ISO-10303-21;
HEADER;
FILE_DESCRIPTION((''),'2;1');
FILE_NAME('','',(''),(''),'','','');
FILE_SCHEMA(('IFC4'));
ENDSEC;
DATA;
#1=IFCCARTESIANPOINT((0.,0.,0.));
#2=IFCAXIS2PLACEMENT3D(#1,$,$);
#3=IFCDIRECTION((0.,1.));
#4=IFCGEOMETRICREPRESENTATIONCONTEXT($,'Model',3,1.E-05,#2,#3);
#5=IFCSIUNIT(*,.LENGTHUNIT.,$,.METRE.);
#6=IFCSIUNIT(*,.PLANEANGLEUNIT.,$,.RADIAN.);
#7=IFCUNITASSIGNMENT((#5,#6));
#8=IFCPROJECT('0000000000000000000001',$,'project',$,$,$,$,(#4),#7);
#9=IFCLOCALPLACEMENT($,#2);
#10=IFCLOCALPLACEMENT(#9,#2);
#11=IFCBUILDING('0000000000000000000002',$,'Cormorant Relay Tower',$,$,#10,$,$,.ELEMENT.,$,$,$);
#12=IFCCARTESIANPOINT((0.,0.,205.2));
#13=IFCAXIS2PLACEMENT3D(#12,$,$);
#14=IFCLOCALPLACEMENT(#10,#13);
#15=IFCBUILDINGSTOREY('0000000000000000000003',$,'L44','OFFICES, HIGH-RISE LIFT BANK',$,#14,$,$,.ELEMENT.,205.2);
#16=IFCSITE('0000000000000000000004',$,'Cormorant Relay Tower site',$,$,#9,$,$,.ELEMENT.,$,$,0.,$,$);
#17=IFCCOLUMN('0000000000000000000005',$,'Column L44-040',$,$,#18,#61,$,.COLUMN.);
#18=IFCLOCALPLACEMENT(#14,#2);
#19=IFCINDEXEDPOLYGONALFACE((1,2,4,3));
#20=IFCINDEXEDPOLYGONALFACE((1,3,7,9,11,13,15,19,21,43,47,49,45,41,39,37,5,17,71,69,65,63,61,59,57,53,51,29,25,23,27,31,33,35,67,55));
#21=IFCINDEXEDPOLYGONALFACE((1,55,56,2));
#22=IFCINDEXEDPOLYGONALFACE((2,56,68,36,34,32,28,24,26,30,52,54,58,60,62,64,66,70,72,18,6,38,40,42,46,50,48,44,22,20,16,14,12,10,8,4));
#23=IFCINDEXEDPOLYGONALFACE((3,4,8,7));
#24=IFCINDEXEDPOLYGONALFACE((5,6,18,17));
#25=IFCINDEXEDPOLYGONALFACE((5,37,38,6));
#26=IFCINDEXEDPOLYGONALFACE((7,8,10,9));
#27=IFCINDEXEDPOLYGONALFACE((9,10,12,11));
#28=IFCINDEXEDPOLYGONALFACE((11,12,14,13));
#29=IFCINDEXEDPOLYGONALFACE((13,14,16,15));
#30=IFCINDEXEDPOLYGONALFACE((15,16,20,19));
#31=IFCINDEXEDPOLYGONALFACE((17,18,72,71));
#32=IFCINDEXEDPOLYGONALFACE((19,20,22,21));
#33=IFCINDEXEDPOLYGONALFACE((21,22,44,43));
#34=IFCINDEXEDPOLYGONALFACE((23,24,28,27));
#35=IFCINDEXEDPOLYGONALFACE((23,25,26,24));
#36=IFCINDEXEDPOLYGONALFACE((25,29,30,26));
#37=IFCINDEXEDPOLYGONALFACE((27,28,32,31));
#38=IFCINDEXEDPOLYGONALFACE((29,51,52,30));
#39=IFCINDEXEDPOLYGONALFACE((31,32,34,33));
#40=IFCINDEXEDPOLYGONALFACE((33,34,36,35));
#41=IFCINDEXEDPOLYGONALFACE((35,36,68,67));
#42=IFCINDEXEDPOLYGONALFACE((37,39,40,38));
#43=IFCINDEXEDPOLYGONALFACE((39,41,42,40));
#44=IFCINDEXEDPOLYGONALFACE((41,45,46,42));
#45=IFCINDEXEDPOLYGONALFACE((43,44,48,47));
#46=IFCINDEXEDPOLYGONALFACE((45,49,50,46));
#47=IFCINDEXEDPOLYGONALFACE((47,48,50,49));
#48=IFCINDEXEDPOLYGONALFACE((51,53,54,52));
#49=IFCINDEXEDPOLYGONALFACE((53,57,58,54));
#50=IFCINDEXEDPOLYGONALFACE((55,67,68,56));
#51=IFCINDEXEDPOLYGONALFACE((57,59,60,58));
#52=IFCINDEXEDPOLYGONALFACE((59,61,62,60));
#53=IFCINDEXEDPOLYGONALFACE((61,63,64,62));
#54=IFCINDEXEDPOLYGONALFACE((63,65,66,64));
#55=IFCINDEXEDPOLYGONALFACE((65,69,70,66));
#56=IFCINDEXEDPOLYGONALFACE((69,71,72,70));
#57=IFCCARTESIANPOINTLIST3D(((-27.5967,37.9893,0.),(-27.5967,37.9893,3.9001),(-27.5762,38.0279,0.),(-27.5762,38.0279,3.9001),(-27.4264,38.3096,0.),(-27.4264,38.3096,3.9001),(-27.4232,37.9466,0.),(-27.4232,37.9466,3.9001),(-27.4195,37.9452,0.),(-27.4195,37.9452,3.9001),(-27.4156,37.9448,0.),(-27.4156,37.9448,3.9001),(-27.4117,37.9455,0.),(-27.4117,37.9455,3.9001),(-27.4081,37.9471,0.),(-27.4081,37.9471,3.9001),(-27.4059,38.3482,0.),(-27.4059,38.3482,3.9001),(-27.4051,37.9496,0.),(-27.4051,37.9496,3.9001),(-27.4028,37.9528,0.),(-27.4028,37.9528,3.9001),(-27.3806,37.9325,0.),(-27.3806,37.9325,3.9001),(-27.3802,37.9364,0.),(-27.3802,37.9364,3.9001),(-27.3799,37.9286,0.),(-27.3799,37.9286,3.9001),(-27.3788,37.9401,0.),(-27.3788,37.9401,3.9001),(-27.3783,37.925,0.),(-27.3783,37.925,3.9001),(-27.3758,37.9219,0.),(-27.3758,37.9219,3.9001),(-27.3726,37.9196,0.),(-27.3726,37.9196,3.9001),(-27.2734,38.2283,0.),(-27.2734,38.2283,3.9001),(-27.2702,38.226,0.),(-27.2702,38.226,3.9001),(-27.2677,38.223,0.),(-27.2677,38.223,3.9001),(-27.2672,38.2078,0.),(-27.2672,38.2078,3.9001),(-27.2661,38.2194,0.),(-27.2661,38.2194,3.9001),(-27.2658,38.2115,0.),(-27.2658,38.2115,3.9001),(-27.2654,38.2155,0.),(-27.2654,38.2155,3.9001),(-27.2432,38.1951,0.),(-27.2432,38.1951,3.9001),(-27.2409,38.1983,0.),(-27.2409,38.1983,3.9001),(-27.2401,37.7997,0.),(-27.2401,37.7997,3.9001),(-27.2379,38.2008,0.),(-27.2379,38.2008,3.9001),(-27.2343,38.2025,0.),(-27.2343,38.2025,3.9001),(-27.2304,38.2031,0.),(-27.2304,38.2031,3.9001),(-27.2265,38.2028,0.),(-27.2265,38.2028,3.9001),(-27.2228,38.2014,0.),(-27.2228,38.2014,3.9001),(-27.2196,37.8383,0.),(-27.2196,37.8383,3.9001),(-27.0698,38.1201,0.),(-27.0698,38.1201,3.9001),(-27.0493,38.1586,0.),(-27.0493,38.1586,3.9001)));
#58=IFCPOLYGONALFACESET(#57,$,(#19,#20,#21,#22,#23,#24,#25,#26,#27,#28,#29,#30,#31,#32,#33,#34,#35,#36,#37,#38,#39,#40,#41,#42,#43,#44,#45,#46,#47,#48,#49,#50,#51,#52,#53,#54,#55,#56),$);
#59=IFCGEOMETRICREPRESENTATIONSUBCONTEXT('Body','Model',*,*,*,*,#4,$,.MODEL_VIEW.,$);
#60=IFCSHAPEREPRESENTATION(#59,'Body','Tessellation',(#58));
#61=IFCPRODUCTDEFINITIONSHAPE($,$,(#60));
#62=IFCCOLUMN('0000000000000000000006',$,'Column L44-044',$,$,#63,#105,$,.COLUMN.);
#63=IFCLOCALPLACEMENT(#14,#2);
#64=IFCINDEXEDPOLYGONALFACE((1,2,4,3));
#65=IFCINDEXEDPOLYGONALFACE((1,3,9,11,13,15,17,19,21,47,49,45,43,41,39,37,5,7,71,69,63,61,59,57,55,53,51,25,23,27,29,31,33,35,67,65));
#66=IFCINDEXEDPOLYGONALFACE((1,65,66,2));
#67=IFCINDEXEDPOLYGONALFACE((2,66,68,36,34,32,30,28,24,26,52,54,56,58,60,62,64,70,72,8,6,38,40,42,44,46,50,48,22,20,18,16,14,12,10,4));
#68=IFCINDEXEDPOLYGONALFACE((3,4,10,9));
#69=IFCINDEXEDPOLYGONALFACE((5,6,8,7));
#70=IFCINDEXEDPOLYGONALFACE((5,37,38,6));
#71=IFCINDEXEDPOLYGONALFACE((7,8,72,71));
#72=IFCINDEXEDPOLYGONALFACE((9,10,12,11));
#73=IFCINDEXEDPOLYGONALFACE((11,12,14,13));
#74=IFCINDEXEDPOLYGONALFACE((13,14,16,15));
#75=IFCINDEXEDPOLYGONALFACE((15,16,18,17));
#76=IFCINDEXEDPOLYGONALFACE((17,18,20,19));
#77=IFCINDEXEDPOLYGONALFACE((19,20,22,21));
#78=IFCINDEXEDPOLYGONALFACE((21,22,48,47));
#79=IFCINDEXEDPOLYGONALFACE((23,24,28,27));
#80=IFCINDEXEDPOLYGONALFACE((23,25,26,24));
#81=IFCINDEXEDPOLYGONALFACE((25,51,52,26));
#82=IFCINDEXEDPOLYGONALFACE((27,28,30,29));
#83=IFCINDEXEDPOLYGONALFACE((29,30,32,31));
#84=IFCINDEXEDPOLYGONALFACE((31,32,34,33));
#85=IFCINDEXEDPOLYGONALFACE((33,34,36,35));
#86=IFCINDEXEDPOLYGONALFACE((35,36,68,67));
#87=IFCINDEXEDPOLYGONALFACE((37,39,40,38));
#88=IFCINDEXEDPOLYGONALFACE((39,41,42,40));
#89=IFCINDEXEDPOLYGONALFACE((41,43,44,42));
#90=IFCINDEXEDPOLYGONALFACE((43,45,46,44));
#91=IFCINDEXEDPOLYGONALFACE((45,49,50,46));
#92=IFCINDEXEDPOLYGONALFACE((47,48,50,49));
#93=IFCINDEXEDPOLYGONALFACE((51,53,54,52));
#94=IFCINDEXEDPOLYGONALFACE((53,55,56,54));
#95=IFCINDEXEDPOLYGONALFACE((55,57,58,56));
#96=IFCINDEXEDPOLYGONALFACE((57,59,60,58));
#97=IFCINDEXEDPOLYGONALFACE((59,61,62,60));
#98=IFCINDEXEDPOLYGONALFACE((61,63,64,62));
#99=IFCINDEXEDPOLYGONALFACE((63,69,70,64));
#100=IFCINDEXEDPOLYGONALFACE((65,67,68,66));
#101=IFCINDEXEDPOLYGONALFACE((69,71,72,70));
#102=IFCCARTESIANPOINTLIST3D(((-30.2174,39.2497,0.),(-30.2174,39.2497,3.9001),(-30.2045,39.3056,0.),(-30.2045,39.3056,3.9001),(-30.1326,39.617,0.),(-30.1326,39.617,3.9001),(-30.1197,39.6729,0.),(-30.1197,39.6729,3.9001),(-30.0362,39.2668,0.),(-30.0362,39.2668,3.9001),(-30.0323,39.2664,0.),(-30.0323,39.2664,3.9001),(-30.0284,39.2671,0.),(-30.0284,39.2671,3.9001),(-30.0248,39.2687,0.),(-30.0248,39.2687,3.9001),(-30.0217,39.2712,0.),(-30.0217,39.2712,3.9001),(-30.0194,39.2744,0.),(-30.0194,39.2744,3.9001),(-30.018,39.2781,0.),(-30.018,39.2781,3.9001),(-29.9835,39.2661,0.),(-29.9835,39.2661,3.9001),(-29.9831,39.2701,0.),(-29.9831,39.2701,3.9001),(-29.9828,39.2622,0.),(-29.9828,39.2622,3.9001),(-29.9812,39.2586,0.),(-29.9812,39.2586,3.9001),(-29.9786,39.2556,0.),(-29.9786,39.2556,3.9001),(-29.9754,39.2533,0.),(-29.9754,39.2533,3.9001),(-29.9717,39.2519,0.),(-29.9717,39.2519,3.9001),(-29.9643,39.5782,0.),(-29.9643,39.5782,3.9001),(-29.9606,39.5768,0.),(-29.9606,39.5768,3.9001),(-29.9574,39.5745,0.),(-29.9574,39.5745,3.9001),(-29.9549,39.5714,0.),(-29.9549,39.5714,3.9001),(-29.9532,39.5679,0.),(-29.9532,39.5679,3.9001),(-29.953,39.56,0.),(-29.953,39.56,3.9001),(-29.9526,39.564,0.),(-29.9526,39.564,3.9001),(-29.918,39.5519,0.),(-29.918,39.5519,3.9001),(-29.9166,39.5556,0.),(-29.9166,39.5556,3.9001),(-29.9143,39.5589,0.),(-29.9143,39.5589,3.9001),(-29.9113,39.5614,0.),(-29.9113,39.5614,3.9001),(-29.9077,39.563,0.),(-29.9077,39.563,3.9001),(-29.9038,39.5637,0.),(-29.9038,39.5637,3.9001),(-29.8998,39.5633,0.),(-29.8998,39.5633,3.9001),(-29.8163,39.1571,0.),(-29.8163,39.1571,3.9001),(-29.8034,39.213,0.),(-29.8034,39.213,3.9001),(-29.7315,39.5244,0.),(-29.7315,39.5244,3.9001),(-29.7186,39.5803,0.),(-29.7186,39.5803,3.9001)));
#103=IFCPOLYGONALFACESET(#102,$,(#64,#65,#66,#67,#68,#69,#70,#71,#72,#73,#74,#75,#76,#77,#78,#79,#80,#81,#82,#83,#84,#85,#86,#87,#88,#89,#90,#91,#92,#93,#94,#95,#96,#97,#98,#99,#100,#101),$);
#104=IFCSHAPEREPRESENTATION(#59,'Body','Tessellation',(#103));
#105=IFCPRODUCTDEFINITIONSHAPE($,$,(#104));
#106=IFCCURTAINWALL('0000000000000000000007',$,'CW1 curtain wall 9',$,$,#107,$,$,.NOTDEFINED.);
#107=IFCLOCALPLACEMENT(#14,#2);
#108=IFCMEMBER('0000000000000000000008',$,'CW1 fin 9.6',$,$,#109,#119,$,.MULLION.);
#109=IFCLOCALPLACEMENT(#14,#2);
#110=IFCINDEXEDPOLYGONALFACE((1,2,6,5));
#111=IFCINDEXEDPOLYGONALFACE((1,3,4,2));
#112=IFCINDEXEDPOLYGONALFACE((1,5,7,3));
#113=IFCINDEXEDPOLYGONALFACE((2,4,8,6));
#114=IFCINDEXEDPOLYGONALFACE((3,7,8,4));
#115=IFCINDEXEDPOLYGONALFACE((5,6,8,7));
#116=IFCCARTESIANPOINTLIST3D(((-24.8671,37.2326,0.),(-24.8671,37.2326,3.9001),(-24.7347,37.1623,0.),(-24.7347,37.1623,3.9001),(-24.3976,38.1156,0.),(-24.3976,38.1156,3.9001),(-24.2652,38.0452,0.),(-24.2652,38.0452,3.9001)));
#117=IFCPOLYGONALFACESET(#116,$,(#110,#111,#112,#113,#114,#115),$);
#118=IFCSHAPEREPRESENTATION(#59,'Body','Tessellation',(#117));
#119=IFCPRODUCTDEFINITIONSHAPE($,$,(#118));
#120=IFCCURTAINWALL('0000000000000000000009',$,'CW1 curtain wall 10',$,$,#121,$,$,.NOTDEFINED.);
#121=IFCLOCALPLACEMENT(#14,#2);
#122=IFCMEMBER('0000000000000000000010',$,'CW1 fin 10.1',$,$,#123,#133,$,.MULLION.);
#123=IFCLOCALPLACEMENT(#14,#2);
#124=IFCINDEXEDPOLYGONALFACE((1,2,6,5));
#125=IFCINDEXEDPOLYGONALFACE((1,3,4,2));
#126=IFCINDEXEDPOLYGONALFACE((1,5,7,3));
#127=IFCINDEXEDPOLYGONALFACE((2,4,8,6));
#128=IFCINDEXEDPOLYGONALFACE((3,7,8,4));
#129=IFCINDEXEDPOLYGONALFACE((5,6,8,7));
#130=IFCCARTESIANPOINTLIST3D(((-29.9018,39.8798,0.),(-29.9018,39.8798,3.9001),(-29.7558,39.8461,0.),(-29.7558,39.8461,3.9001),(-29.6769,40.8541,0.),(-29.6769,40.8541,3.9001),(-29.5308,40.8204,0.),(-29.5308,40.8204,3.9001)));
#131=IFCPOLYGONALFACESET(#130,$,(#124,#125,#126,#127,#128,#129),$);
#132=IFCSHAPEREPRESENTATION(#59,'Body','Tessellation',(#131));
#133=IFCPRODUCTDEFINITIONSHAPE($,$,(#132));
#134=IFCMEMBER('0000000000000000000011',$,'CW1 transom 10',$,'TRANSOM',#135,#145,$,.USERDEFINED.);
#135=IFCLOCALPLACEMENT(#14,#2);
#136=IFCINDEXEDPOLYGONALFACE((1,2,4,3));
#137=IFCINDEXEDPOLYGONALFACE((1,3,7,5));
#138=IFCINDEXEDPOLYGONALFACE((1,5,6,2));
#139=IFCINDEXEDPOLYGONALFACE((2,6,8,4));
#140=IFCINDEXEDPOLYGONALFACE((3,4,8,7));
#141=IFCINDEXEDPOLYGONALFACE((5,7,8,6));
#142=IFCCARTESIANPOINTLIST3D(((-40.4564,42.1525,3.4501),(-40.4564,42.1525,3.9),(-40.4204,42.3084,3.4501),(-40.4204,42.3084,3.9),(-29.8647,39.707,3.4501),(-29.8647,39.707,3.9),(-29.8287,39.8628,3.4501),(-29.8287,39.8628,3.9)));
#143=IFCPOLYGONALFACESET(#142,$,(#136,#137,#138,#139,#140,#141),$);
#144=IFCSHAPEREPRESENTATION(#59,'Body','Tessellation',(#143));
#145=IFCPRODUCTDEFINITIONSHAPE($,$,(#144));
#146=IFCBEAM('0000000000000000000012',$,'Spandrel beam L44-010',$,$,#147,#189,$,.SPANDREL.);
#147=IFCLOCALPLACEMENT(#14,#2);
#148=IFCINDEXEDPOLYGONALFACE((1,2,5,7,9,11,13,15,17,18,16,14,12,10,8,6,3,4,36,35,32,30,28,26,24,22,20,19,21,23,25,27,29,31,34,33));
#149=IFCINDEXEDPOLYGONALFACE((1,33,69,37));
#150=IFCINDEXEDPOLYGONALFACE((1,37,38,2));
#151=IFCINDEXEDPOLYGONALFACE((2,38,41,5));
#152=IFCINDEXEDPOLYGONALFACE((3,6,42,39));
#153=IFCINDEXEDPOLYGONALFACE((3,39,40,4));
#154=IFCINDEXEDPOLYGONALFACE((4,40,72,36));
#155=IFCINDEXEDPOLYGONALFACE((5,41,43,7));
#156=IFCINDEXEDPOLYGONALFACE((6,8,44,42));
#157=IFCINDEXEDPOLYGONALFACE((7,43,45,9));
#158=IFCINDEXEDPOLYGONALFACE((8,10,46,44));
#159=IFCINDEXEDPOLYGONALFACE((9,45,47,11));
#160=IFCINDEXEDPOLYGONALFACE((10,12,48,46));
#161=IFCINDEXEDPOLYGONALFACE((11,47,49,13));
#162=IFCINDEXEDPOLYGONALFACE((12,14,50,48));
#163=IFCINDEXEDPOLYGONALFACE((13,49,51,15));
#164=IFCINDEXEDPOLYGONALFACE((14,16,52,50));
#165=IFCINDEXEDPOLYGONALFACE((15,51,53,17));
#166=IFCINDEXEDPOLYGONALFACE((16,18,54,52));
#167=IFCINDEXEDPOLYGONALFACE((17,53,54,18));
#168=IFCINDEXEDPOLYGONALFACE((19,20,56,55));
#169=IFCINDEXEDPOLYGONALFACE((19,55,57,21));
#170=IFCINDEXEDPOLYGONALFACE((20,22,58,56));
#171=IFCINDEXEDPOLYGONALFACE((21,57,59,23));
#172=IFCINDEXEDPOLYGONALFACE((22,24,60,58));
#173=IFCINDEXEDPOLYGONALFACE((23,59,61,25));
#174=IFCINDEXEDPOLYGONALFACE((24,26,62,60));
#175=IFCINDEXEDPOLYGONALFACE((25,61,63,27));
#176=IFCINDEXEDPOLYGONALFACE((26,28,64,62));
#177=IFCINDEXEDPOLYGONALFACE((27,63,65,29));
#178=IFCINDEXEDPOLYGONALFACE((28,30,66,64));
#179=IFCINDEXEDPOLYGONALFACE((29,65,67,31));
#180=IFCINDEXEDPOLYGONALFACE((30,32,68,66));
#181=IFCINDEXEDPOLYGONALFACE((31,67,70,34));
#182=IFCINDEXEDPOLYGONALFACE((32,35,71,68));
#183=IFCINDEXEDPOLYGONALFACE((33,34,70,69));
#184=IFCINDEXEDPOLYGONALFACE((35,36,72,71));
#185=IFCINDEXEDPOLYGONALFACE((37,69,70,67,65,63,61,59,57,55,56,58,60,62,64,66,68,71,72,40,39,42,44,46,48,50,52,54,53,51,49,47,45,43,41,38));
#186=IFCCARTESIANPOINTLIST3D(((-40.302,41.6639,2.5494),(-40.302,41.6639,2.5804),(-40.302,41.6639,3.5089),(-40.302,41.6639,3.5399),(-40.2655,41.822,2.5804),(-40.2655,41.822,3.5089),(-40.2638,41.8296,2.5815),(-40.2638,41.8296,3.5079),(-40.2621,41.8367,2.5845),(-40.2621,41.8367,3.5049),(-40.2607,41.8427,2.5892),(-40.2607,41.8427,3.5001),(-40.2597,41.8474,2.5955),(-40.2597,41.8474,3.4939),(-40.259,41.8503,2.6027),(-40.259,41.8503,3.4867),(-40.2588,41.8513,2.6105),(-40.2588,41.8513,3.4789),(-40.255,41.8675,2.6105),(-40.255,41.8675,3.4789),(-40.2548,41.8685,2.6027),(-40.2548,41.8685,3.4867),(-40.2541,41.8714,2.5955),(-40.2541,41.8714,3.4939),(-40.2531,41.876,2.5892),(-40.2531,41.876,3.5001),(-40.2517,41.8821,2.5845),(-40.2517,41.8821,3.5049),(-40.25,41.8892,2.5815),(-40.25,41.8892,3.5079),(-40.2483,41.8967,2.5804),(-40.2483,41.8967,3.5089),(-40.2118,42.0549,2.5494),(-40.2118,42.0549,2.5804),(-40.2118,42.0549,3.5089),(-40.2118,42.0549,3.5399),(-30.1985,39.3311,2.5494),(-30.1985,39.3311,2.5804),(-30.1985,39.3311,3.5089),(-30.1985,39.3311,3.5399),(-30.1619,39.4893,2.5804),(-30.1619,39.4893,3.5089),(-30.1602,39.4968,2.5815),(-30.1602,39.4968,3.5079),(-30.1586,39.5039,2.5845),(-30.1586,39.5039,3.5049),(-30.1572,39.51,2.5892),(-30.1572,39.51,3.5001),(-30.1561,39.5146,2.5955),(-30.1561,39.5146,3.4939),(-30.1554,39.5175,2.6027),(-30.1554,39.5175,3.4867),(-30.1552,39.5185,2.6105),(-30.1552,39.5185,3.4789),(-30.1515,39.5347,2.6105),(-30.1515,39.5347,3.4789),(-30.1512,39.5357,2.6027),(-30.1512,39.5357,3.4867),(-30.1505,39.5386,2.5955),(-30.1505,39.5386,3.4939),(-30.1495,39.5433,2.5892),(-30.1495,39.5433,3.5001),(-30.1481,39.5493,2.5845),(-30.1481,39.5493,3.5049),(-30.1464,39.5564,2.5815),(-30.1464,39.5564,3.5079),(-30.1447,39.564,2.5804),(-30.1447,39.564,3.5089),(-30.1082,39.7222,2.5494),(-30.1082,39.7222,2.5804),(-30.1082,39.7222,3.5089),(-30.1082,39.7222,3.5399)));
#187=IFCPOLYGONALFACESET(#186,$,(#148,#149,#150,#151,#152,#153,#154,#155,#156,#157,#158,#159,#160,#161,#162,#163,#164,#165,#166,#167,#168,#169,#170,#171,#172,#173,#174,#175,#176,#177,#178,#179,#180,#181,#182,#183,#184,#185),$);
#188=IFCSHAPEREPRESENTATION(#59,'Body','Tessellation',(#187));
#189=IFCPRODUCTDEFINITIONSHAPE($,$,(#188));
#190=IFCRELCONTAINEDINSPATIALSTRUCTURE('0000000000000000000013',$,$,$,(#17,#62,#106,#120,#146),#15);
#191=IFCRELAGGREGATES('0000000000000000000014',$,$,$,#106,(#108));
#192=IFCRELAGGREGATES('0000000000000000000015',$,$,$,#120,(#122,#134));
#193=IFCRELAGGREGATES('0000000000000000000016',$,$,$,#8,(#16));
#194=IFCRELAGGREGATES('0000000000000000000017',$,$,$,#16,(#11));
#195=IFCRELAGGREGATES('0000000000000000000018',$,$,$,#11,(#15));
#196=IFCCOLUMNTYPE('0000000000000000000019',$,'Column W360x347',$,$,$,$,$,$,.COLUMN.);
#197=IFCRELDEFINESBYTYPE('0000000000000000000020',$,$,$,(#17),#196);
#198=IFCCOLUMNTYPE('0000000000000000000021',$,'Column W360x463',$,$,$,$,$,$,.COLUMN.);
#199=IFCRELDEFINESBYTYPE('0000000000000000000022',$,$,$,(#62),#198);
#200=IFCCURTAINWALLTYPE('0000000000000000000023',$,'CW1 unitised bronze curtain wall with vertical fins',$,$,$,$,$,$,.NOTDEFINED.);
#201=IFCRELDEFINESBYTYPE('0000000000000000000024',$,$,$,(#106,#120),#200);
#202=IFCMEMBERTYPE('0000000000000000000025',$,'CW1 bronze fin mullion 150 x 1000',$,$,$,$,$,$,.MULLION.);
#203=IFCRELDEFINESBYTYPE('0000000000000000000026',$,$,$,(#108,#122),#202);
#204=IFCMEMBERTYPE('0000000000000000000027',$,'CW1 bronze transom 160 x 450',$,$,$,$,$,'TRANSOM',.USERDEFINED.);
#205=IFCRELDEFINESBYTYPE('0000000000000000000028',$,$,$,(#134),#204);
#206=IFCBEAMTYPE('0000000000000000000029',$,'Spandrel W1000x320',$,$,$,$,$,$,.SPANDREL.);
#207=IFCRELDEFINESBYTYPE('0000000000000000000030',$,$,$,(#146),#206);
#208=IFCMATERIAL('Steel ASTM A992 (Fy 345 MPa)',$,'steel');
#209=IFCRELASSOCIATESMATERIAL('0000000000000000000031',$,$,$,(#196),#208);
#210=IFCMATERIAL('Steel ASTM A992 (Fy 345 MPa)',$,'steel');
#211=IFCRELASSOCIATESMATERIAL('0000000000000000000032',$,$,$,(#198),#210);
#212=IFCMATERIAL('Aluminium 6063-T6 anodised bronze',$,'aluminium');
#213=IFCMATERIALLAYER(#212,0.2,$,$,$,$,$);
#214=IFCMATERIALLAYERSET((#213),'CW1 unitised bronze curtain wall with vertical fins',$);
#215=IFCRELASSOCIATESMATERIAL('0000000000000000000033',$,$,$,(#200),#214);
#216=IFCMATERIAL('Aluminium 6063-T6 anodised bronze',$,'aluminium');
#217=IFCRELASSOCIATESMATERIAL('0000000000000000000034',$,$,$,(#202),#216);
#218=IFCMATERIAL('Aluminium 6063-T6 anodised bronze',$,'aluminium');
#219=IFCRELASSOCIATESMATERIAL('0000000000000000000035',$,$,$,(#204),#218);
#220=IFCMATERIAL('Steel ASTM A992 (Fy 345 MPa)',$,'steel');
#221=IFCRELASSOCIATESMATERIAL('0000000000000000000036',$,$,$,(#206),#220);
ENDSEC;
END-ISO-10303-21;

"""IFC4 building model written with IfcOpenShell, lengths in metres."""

from ifc_helpers import new_model, si_unit, direction, frame, origin, origin_2d, place, context, subcontext, project, spatial, rectangle, i_section, extrude, material, layer, layer_set, material_profile, profile_set, type_object, element, aggregate, save


model = new_model("IFC4")

# Units and contexts
model_context = context("Model", 3, precision=1e-05, world=origin(), true_north=direction((0.0, 1.0)))
body_context = subcontext(model_context, "Body", "Model", "MODEL_VIEW")
ifc_project = project(units=[si_unit("LENGTHUNIT", "METRE"), si_unit("PLANEANGLEUNIT", "RADIAN")], contexts=[model_context])

# Site, building, storey
site_placement = place(None, origin())
site = spatial("IfcSite", under=ifc_project, at=site_placement, Name="Cormorant Relay Tower site", CompositionType="ELEMENT", RefElevation=0.0)
building_placement = place(site_placement, origin())
building = spatial("IfcBuilding", under=site, at=building_placement, Name="Cormorant Relay Tower", CompositionType="ELEMENT")
storey_placement = place(building_placement, frame((0.0, 0.0, 205.2)))
storey = spatial("IfcBuildingStorey", under=building, at=storey_placement, Name="L44", Description="OFFICES, HIGH-RISE LIFT BANK", CompositionType="ELEMENT", Elevation=205.2)

# Columns
ifc_material_1 = material(Name="Steel ASTM A992 (Fy 345 MPa)", Category="steel")
ifc_material_profile_1 = material_profile(ifc_material_1, i_section(OverallWidth=0.4038, OverallDepth=0.4065, WebThickness=0.0271, FlangeThickness=0.0437, FilletRadius=0.0151, at=origin_2d()), Name="W360x347")
ifc_profile_set_1 = profile_set([ifc_material_profile_1], Name="Steel ASTM A992 (Fy 345 MPa)")
column_type_1 = type_object("IfcColumnType", Name="Column W360x347", PredefinedType="COLUMN", material=ifc_profile_set_1)
column_1_placement = place(storey_placement, frame((-27.323, 38.074, 0.0), z_axis=(0.0, 0.0, 1.0), x_axis=(-0.882948, 0.469472, 0.0)))
element("IfcColumn", 1, at=column_1_placement, inside=storey, type_object=column_type_1, Name="Column L44-040", PredefinedType="COLUMN", context=body_context, shape_type="SweptSolid", body=[
    extrude(i_section(OverallWidth=0.4038, OverallDepth=0.4065, WebThickness=0.0271, FlangeThickness=0.0437, FilletRadius=0.0151, at=origin_2d()), origin(), (0.0, 0.0, 1.0), 3.9001),
])
ifc_material_2 = material(Name="Steel ASTM A992 (Fy 345 MPa)", Category="steel")
ifc_material_profile_2 = material_profile(ifc_material_2, i_section(OverallWidth=0.4116, OverallDepth=0.4343, WebThickness=0.0359, FlangeThickness=0.0574, FilletRadius=0.0151, at=origin_2d()), Name="W360x463")
ifc_profile_set_2 = profile_set([ifc_material_profile_2], Name="Steel ASTM A992 (Fy 345 MPa)")
column_type_2 = type_object("IfcColumnType", Name="Column W360x463", PredefinedType="COLUMN", material=ifc_profile_set_2)
column_2_placement = place(storey_placement, frame((-29.968, 39.415, 0.0), z_axis=(0.0, 0.0, 1.0), x_axis=(-0.97437, 0.224951, 0.0)))
element("IfcColumn", 2, at=column_2_placement, inside=storey, type_object=column_type_2, Name="Column L44-044", PredefinedType="COLUMN", context=body_context, shape_type="SweptSolid", body=[
    extrude(i_section(OverallWidth=0.4116, OverallDepth=0.4343, WebThickness=0.0359, FlangeThickness=0.0574, FilletRadius=0.0151, at=origin_2d()), origin(), (0.0, 0.0, 1.0), 3.9001),
])

# Curtain wall, member
ifc_material_3 = material(Name="Aluminium 6063-T6 anodised bronze", Category="aluminium")
ifc_layer_1 = layer(ifc_material_3, 0.2)
ifc_layer_set_1 = layer_set([ifc_layer_1], Name="CW1 unitised bronze curtain wall with vertical fins")
curtain_wall_type = type_object("IfcCurtainWallType", Name="CW1 unitised bronze curtain wall with vertical fins", PredefinedType="NOTDEFINED", material=ifc_layer_set_1)
curtain_wall_1_placement = place(storey_placement, origin())
curtain_wall_1 = element("IfcCurtainWall", 3, at=curtain_wall_1_placement, inside=storey, type_object=curtain_wall_type, Name="CW1 curtain wall 9", PredefinedType="NOTDEFINED")
ifc_material_4 = material(Name="Aluminium 6063-T6 anodised bronze", Category="aluminium")
ifc_material_profile_3 = material_profile(ifc_material_4, rectangle(XDim=0.1499, YDim=1.0, at=origin_2d()), Name="AL 150x1000")
ifc_profile_set_3 = profile_set([ifc_material_profile_3], Name="Aluminium 6063-T6 anodised bronze")
member_type_1 = type_object("IfcMemberType", Name="CW1 bronze fin mullion 150 x 1000", PredefinedType="MULLION", material=ifc_profile_set_3)
member_1_placement = place(storey_placement, frame((-24.5662, 37.6389, 0.0), z_axis=(0.0, 0.0, 1.0), x_axis=(-0.882948, 0.469472, 0.0)))
member_1 = element("IfcMember", 4, at=member_1_placement, type_object=member_type_1, Name="CW1 fin 9.6", PredefinedType="MULLION", context=body_context, shape_type="SweptSolid", body=[
    extrude(rectangle(XDim=0.1499, YDim=1.0, at=origin_2d()), origin(), (0.0, 0.0, 1.0), 3.9001),
])

# Curtain wall, members
curtain_wall_2_placement = place(storey_placement, origin())
curtain_wall_2 = element("IfcCurtainWall", 5, at=curtain_wall_2_placement, inside=storey, type_object=curtain_wall_type, Name="CW1 curtain wall 10", PredefinedType="NOTDEFINED")
member_2_placement = place(storey_placement, frame((-29.7163, 40.3501, 0.0), z_axis=(0.0, 0.0, 1.0), x_axis=(-0.97437, 0.224951, 0.0)))
member_2 = element("IfcMember", 6, at=member_2_placement, type_object=member_type_1, Name="CW1 fin 10.1", PredefinedType="MULLION", context=body_context, shape_type="SweptSolid", body=[
    extrude(rectangle(XDim=0.1499, YDim=1.0, at=origin_2d()), origin(), (0.0, 0.0, 1.0), 3.9001),
])
ifc_material_5 = material(Name="Aluminium 6063-T6 anodised bronze", Category="aluminium")
ifc_material_profile_4 = material_profile(ifc_material_5, rectangle(XDim=0.1599, YDim=0.45, at=origin_2d()), Name="AL 160x450")
ifc_profile_set_4 = profile_set([ifc_material_profile_4], Name="Aluminium 6063-T6 anodised bronze")
member_type_2 = type_object("IfcMemberType", Name="CW1 bronze transom 160 x 450", ElementType="TRANSOM", PredefinedType="USERDEFINED", material=ifc_profile_set_4)
member_3_placement = place(storey_placement, frame((-29.8467, 39.7849, 3.675), z_axis=(-0.974365, 0.224973, 0.0), x_axis=(-0.224973, -0.974365, 0.0)))
member_3 = element("IfcMember", 7, at=member_3_placement, type_object=member_type_2, Name="CW1 transom 10", ObjectType="TRANSOM", PredefinedType="USERDEFINED", context=body_context, shape_type="SweptSolid", body=[
    extrude(rectangle(XDim=0.1599, YDim=0.45, at=origin_2d()), origin(), (0.0, 0.0, 1.0), 10.8704),
])

# Beam
ifc_material_6 = material(Name="Steel ASTM A992 (Fy 345 MPa)", Category="steel")
ifc_material_profile_5 = material_profile(ifc_material_6, i_section(OverallWidth=0.4014, OverallDepth=0.9905, WebThickness=0.0166, FlangeThickness=0.031, FilletRadius=0.03, at=origin_2d()), Name="W1000x320")
ifc_profile_set_5 = profile_set([ifc_material_profile_5], Name="Steel ASTM A992 (Fy 345 MPa)")
beam_type = type_object("IfcBeamType", Name="Spandrel W1000x320", PredefinedType="SPANDREL", material=ifc_profile_set_5)
beam_placement = place(storey_placement, frame((-30.1533, 39.5266, 3.0447), z_axis=(-0.974366, 0.224968, 0.0), x_axis=(-0.224968, -0.974366, 0.0)))
element("IfcBeam", 8, at=beam_placement, inside=storey, type_object=beam_type, Name="Spandrel beam L44-010", PredefinedType="SPANDREL", context=body_context, shape_type="SweptSolid", body=[
    extrude(i_section(OverallWidth=0.4014, OverallDepth=0.9905, WebThickness=0.0166, FlangeThickness=0.031, FilletRadius=0.03, at=origin_2d()), origin(), (0.0, 0.0, 1.0), 10.3694),
])

aggregate(curtain_wall_1, [member_1])
aggregate(curtain_wall_2, [member_2, member_3])

save(model, "model.ifc")
